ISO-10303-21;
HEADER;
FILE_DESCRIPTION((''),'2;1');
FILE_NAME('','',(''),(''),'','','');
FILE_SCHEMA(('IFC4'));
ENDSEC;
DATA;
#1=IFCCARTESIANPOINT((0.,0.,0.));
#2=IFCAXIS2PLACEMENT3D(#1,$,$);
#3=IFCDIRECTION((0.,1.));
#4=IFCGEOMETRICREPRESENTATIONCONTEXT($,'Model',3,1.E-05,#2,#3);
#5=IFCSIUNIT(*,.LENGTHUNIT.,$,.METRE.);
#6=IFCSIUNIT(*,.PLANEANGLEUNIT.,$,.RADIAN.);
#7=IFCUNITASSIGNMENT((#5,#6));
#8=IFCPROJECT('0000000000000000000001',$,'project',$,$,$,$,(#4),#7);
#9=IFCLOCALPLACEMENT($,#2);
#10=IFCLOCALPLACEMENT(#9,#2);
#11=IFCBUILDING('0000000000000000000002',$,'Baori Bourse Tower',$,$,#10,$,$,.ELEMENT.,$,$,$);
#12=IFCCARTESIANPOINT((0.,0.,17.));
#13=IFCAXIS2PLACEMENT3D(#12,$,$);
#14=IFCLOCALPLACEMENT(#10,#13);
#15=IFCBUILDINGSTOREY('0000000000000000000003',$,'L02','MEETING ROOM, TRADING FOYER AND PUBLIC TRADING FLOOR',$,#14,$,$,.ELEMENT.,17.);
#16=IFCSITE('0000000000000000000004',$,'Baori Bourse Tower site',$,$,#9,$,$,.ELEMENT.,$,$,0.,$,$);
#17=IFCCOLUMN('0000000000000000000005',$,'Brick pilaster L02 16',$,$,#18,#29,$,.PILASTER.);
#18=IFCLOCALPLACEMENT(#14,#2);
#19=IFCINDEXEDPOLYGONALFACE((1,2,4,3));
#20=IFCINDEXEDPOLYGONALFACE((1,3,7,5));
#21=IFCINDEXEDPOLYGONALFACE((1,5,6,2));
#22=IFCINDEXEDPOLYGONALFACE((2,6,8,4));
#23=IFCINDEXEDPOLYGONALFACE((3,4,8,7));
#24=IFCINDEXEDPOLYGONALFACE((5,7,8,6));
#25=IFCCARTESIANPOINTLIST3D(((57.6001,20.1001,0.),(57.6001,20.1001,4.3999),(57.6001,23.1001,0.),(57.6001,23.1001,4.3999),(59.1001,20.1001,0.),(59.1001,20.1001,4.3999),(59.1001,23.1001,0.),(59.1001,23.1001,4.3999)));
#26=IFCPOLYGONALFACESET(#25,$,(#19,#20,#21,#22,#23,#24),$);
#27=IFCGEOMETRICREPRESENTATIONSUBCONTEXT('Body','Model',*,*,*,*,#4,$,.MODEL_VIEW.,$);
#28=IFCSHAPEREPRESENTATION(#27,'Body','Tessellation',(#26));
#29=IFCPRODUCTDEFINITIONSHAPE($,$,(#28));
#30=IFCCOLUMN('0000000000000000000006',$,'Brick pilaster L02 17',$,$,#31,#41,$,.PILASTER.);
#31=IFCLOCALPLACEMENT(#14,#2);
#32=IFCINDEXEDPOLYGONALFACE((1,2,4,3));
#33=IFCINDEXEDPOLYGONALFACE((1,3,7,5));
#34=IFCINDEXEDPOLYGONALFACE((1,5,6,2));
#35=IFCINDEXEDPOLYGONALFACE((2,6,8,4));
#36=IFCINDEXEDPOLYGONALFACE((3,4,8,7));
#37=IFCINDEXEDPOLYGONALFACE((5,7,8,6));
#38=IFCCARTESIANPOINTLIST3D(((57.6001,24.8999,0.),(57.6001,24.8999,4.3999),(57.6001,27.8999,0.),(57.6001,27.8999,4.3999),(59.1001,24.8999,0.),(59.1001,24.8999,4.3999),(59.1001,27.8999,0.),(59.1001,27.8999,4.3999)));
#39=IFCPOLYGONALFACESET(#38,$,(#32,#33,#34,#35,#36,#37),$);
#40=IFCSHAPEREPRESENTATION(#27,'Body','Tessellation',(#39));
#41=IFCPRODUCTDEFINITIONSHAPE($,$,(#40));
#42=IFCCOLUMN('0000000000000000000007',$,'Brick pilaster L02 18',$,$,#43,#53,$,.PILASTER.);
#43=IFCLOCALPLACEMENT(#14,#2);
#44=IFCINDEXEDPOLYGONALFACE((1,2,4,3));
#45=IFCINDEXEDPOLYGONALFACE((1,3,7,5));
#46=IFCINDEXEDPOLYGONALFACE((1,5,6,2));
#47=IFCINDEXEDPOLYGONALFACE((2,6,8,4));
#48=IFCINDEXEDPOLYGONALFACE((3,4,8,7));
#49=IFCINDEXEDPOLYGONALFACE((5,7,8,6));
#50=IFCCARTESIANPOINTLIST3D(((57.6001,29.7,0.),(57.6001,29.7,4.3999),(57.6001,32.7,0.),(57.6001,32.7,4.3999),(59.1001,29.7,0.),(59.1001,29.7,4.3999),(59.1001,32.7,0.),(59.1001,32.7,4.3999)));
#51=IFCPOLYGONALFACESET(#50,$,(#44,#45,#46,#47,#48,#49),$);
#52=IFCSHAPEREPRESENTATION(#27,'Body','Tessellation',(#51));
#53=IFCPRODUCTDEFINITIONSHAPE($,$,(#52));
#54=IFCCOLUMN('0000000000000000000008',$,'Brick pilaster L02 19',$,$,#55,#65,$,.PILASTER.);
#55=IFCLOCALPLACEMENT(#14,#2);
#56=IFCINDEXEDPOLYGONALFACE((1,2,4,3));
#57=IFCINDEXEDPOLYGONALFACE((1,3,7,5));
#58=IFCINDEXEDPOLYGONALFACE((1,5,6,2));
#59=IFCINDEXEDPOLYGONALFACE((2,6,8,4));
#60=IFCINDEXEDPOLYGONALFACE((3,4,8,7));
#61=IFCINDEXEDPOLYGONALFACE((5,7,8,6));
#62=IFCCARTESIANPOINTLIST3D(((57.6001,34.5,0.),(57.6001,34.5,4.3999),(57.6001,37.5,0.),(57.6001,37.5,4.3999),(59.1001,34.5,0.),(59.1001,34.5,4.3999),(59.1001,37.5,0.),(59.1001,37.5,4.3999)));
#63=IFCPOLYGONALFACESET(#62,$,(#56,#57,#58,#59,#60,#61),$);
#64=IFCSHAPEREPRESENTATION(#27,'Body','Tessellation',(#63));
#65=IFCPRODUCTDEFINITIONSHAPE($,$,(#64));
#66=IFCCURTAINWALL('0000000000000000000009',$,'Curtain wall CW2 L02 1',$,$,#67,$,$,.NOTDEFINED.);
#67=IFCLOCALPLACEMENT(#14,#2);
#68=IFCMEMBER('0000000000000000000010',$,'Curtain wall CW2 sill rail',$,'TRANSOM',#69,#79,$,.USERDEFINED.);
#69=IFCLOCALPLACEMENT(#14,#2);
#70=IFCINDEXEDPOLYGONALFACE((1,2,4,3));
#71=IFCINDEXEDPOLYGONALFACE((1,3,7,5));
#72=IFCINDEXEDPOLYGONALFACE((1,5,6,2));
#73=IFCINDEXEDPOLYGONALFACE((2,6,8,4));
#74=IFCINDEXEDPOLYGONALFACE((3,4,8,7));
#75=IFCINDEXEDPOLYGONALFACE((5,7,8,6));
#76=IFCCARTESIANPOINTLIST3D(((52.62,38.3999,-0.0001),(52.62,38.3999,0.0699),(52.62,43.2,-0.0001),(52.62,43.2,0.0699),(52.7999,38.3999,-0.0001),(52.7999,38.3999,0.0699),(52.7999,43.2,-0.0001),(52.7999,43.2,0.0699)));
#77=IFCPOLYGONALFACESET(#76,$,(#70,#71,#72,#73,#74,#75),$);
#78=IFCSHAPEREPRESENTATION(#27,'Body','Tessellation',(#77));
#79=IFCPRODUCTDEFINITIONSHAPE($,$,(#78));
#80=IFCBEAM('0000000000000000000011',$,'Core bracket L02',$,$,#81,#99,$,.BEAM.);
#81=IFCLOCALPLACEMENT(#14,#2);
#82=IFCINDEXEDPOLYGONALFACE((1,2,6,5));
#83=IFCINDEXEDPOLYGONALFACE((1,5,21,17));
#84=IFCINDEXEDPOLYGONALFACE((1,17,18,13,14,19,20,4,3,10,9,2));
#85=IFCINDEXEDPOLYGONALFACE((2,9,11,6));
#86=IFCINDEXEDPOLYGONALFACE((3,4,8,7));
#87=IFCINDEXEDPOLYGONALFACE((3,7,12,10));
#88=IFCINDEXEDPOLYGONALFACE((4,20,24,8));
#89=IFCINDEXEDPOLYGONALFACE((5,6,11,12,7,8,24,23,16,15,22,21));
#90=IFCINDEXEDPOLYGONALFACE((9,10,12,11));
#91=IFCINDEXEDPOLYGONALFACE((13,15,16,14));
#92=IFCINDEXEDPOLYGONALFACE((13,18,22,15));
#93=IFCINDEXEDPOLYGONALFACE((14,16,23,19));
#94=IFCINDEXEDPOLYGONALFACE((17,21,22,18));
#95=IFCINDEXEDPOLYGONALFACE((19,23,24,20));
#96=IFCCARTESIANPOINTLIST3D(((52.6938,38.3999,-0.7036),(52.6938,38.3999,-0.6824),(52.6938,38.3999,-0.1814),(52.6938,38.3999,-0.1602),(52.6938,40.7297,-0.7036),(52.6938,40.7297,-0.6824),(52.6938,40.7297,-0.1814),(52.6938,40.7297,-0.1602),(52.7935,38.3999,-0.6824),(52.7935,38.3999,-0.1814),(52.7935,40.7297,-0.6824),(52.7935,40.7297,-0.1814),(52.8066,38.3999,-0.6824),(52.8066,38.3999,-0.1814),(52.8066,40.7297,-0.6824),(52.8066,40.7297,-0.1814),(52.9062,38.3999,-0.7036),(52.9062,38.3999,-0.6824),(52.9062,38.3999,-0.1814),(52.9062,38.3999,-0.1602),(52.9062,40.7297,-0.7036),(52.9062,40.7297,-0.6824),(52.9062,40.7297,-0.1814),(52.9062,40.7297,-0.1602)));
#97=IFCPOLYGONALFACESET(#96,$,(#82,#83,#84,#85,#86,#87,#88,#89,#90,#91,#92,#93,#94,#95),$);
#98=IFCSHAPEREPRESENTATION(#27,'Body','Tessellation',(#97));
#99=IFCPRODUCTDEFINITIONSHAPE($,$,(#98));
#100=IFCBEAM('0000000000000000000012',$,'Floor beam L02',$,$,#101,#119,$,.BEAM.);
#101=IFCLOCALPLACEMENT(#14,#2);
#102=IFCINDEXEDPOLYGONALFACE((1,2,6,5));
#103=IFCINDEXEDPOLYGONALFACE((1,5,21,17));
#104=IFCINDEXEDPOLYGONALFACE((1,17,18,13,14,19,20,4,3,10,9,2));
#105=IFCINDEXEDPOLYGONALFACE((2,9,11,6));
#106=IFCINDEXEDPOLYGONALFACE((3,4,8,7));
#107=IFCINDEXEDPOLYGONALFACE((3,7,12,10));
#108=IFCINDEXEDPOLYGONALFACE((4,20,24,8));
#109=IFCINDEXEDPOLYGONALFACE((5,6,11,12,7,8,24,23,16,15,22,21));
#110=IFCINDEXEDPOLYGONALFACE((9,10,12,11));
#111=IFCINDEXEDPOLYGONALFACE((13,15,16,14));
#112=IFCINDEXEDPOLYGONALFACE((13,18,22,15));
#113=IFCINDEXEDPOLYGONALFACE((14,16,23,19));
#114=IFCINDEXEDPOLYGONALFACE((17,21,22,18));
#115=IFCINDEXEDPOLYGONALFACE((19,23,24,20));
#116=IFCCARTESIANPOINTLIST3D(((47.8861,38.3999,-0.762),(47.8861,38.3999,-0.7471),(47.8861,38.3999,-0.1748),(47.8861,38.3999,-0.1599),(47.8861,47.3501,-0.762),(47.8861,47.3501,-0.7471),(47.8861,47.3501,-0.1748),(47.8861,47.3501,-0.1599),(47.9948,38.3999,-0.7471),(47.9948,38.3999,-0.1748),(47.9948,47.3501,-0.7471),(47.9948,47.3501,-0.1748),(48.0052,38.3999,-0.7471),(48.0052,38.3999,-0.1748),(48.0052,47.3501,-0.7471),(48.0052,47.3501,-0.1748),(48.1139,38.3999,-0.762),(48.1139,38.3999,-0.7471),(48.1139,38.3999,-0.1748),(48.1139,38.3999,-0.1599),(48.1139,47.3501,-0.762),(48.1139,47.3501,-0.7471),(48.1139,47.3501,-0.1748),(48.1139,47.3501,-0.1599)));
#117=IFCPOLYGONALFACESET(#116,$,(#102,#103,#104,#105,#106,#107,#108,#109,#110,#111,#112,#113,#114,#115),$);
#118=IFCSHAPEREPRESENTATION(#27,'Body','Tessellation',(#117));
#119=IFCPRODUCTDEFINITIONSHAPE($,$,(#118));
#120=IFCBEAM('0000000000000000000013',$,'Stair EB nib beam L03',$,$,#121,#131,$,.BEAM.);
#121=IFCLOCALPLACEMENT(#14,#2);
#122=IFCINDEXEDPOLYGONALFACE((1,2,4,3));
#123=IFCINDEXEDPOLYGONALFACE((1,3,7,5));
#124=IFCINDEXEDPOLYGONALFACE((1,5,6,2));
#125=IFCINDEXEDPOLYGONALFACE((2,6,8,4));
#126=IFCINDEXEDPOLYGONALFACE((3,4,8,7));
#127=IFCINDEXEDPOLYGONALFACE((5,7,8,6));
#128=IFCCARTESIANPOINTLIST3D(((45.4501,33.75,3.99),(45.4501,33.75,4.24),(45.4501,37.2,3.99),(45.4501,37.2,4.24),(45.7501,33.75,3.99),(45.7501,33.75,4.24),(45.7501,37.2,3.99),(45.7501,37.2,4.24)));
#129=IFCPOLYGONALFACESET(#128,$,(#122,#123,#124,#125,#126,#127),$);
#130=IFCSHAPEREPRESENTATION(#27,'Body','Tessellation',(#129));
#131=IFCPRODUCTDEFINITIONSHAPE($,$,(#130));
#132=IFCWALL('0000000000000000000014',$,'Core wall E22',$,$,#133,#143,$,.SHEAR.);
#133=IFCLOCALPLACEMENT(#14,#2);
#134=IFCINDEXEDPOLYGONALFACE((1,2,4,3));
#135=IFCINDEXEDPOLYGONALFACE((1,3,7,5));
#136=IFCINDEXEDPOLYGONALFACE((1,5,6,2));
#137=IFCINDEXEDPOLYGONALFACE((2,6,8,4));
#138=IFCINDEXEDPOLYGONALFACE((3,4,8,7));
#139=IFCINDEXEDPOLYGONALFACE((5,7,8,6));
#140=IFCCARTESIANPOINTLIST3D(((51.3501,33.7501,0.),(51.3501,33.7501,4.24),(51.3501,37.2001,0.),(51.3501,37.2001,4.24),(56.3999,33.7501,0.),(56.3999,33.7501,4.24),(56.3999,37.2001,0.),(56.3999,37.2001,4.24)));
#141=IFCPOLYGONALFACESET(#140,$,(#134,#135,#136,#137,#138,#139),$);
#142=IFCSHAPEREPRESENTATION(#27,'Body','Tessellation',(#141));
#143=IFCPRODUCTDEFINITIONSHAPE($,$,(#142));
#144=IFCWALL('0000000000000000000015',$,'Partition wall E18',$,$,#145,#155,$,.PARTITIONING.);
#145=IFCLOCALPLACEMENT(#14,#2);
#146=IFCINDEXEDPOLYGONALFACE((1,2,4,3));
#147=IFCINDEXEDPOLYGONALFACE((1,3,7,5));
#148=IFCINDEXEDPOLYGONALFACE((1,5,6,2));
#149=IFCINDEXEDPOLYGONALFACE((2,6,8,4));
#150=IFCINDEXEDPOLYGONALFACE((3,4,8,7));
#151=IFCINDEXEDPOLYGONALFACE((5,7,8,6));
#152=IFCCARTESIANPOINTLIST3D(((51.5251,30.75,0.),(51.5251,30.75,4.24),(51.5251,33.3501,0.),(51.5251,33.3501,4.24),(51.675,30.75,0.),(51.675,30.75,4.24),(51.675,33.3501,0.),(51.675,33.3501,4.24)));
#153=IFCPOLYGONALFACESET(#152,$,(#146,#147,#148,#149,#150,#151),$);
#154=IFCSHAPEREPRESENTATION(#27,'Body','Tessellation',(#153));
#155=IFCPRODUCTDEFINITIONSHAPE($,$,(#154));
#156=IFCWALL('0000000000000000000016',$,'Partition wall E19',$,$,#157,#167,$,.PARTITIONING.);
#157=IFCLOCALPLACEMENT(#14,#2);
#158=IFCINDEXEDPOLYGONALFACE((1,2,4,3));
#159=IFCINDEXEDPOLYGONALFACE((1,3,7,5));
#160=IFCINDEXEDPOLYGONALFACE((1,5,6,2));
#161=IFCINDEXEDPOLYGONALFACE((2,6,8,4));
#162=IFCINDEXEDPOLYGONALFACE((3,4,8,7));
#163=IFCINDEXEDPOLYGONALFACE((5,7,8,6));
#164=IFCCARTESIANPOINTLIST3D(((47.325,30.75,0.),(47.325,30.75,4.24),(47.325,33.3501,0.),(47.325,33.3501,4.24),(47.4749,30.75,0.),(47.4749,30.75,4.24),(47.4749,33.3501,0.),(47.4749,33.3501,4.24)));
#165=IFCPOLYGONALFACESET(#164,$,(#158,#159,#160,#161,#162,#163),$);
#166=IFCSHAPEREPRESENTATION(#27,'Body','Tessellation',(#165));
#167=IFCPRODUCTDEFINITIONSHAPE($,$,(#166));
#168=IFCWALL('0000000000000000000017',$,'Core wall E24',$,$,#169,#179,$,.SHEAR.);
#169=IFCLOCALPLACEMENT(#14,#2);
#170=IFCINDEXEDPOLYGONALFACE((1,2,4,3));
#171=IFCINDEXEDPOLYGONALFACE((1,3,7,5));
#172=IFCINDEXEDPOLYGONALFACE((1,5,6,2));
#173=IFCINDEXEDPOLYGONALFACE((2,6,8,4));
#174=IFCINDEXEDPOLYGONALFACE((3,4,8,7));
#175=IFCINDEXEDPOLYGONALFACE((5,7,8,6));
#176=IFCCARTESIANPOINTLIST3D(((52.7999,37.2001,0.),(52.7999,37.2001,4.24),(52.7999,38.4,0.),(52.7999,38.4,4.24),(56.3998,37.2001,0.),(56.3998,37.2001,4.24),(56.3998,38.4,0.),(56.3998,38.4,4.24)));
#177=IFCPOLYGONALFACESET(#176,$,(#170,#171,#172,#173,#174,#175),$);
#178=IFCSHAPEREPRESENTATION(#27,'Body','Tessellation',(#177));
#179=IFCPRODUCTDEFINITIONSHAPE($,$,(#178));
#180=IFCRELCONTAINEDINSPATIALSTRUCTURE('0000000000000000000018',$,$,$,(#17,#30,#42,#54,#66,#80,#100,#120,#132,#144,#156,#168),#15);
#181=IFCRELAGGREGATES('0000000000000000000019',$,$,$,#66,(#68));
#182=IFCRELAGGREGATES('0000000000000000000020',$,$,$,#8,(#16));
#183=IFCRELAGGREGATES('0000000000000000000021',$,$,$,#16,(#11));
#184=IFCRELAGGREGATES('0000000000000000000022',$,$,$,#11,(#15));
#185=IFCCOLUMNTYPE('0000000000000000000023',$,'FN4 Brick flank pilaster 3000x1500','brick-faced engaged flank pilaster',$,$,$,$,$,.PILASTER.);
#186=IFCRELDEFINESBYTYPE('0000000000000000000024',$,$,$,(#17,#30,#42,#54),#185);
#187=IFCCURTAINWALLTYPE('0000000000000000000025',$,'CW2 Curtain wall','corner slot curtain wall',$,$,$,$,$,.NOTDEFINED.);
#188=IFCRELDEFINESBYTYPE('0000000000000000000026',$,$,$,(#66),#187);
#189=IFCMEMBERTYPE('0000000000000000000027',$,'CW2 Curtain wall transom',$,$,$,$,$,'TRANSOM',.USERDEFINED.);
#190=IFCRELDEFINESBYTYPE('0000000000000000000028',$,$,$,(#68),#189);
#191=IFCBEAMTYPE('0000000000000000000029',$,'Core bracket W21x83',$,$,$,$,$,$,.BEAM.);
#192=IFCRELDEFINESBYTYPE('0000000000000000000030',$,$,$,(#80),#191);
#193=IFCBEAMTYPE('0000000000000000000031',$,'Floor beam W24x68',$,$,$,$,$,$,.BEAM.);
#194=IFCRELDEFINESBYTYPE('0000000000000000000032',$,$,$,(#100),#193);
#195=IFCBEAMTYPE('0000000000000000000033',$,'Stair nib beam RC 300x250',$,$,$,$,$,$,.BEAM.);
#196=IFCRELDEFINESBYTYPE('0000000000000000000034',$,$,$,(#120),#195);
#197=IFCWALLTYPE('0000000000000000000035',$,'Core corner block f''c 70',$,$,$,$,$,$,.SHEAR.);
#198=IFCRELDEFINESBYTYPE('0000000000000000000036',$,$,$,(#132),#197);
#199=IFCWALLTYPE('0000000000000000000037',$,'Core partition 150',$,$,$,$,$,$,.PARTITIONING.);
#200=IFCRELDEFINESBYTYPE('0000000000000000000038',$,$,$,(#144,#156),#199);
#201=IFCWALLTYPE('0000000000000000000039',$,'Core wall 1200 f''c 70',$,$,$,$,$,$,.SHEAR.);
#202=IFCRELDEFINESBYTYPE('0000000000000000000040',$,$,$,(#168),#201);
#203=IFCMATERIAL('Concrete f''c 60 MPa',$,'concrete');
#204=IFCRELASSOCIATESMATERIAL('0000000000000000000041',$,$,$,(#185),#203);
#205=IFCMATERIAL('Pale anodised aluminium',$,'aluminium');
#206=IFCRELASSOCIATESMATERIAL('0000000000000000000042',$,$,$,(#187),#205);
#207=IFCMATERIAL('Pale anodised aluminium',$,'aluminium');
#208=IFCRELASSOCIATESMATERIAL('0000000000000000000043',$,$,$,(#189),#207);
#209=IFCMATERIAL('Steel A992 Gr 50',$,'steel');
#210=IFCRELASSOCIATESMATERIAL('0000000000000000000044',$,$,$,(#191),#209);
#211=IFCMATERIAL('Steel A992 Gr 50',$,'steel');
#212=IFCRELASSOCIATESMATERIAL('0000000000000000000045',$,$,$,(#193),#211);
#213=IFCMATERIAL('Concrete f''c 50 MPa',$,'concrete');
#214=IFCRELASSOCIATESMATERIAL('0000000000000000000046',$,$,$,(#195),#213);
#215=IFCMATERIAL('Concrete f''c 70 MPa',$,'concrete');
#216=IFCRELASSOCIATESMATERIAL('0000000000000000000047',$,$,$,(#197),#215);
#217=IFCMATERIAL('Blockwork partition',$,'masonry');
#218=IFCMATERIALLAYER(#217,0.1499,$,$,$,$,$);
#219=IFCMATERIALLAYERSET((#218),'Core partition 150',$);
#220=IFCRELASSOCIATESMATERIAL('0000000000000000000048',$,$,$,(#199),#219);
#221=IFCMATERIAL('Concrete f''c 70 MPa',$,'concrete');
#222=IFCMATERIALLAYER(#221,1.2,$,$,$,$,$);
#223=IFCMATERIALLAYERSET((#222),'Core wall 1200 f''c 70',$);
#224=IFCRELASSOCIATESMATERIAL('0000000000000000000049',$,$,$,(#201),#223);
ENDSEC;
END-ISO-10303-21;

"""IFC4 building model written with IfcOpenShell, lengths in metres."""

from ifc_helpers import new_model, si_unit, direction, frame, frame_2d, origin, origin_2d, place, context, subcontext, project, spatial, rectangle, i_section, extrude, material, layer, layer_set, material_profile, profile_set, type_object, element, aggregate, save


model = new_model("IFC4")

# Units and contexts
model_context = context("Model", 3, precision=1e-05, world=origin(), true_north=direction((0.0, 1.0)))
body_context = subcontext(model_context, "Body", "Model", "MODEL_VIEW")
ifc_project = project(units=[si_unit("LENGTHUNIT", "METRE"), si_unit("PLANEANGLEUNIT", "RADIAN")], contexts=[model_context])

# Site, building, storey
site_placement = place(None, origin())
site = spatial("IfcSite", under=ifc_project, at=site_placement, Name="Baori Bourse Tower site", CompositionType="ELEMENT", RefElevation=0.0)
building_placement = place(site_placement, origin())
building = spatial("IfcBuilding", under=site, at=building_placement, Name="Baori Bourse Tower", CompositionType="ELEMENT")
storey_placement = place(building_placement, frame((0.0, 0.0, 17.0)))
storey = spatial("IfcBuildingStorey", under=building, at=storey_placement, Name="L02", Description="MEETING ROOM, TRADING FOYER AND PUBLIC TRADING FLOOR", CompositionType="ELEMENT", Elevation=17.0)

# Columns
ifc_material_1 = material(Name="Concrete f'c 60 MPa", Category="concrete")
ifc_material_profile_1 = material_profile(ifc_material_1, rectangle(XDim=3.0, YDim=1.5, at=origin_2d()), Name="RC 3000x1500")
ifc_profile_set_1 = profile_set([ifc_material_profile_1], Name="Concrete f'c 60 MPa")
column_type = type_object("IfcColumnType", Name="FN4 Brick flank pilaster 3000x1500", Description="brick-faced engaged flank pilaster", PredefinedType="PILASTER", material=ifc_profile_set_1)
for number, where, z_axis, x_axis, name in (
    (1, (58.3501, 21.6001, 0.0), (0.0, 0.0, 1.0), (0.0, 1.0, 0.0), "Brick pilaster L02 16"),
    (2, (58.3501, 26.3999, 0.0), (0.0, 0.0, 1.0), (0.0, 1.0, 0.0), "Brick pilaster L02 17"),
    (3, (58.3501, 31.2, 0.0), (0.0, 0.0, 1.0), (0.0, 1.0, 0.0), "Brick pilaster L02 18"),
    (4, (58.3501, 36.0, 0.0), (0.0, 0.0, 1.0), (0.0, 1.0, 0.0), "Brick pilaster L02 19"),
):
    element("IfcColumn", number, at=place(storey_placement, frame(where, z_axis=z_axis, x_axis=x_axis)), inside=storey, type_object=column_type, Name=name, PredefinedType="PILASTER", context=body_context, shape_type="SweptSolid", body=[
        extrude(rectangle(XDim=3.0, YDim=1.5, at=origin_2d()), origin(), (0.0, 0.0, 1.0), 4.3999),
    ])

# Curtain wall, member
ifc_material_2 = material(Name="Pale anodised aluminium", Category="aluminium")
curtain_wall_type = type_object("IfcCurtainWallType", Name="CW2 Curtain wall", Description="corner slot curtain wall", PredefinedType="NOTDEFINED", material=ifc_material_2)
curtain_wall_placement = place(storey_placement, origin())
curtain_wall = element("IfcCurtainWall", 5, at=curtain_wall_placement, inside=storey, type_object=curtain_wall_type, Name="Curtain wall CW2 L02 1", PredefinedType="NOTDEFINED")
ifc_material_3 = material(Name="Pale anodised aluminium", Category="aluminium")
ifc_material_profile_2 = material_profile(ifc_material_3, rectangle(XDim=0.1799, YDim=0.0701, at=origin_2d()), Name="Transom 70x180")
ifc_profile_set_2 = profile_set([ifc_material_profile_2], Name="Pale anodised aluminium")
member_type = type_object("IfcMemberType", Name="CW2 Curtain wall transom", ElementType="TRANSOM", PredefinedType="USERDEFINED", material=ifc_profile_set_2)
member_placement = place(storey_placement, frame((52.71, 38.3999, 0.0349), z_axis=(0.0, 1.0, 0.0), x_axis=(-1.0, 0.0, 0.0)))
member = element("IfcMember", 6, at=member_placement, type_object=member_type, Name="Curtain wall CW2 sill rail", ObjectType="TRANSOM", PredefinedType="USERDEFINED", context=body_context, shape_type="SweptSolid", body=[
    extrude(rectangle(XDim=0.1799, YDim=0.0701, at=origin_2d()), origin(), (0.0, 0.0, 1.0), 4.8),
])
aggregate(curtain_wall, [member])

# Beams
ifc_material_4 = material(Name="Steel A992 Gr 50", Category="steel")
ifc_material_profile_3 = material_profile(ifc_material_4, i_section(OverallWidth=0.2124, OverallDepth=0.5435, WebThickness=0.0132, FlangeThickness=0.0212, at=origin_2d()), Name="W21x83")
ifc_profile_set_3 = profile_set([ifc_material_profile_3], Name="Steel A992 Gr 50")
beam_type_1 = type_object("IfcBeamType", Name="Core bracket W21x83", PredefinedType="BEAM", material=ifc_profile_set_3)
beam_1_placement = place(storey_placement, frame((52.8, 38.3999, -0.4319), z_axis=(0.0, 1.0, 0.0), x_axis=(-1.0, 0.0, 0.0)))
element("IfcBeam", 7, at=beam_1_placement, inside=storey, type_object=beam_type_1, Name="Core bracket L02", PredefinedType="BEAM", context=body_context, shape_type="SweptSolid", body=[
    extrude(i_section(OverallWidth=0.2124, OverallDepth=0.5435, WebThickness=0.0132, FlangeThickness=0.0212, at=origin_2d()), origin(), (0.0, 0.0, 1.0), 2.3298),
])
ifc_material_5 = material(Name="Steel A992 Gr 50", Category="steel")
ifc_material_profile_4 = material_profile(ifc_material_5, i_section(OverallWidth=0.2278, OverallDepth=0.6021, WebThickness=0.0105, FlangeThickness=0.0149, at=origin_2d()), Name="W24x68")
ifc_profile_set_4 = profile_set([ifc_material_profile_4], Name="Steel A992 Gr 50")
beam_type_2 = type_object("IfcBeamType", Name="Floor beam W24x68", PredefinedType="BEAM", material=ifc_profile_set_4)
beam_2_placement = place(storey_placement, frame((48.0, 38.3999, -0.4609), z_axis=(0.0, 1.0, 0.0), x_axis=(-1.0, 0.0, 0.0)))
element("IfcBeam", 8, at=beam_2_placement, inside=storey, type_object=beam_type_2, Name="Floor beam L02", PredefinedType="BEAM", context=body_context, shape_type="SweptSolid", body=[
    extrude(i_section(OverallWidth=0.2278, OverallDepth=0.6021, WebThickness=0.0105, FlangeThickness=0.0149, at=origin_2d()), origin(), (0.0, 0.0, 1.0), 8.9502),
])
ifc_material_6 = material(Name="Concrete f'c 50 MPa", Category="concrete")
ifc_material_profile_5 = material_profile(ifc_material_6, rectangle(XDim=0.3, YDim=0.25, at=origin_2d()), Name="RC 300x250")
ifc_profile_set_5 = profile_set([ifc_material_profile_5], Name="Concrete f'c 50 MPa")
beam_type_3 = type_object("IfcBeamType", Name="Stair nib beam RC 300x250", PredefinedType="BEAM", material=ifc_profile_set_5)
beam_3_placement = place(storey_placement, frame((45.6001, 33.75, 4.115), z_axis=(0.0, 1.0, 0.0), x_axis=(-1.0, 0.0, 0.0)))
element("IfcBeam", 9, at=beam_3_placement, inside=storey, type_object=beam_type_3, Name="Stair EB nib beam L03", PredefinedType="BEAM", context=body_context, shape_type="SweptSolid", body=[
    extrude(rectangle(XDim=0.3, YDim=0.25, at=origin_2d()), origin(), (0.0, 0.0, 1.0), 3.45),
])

# Walls
ifc_material_7 = material(Name="Concrete f'c 70 MPa", Category="concrete")
wall_type_1 = type_object("IfcWallType", Name="Core corner block f'c 70", PredefinedType="SHEAR", material=ifc_material_7)
wall_1_placement = place(storey_placement, frame((51.3501, 35.4751, 0.0), z_axis=(0.0, 0.0, 1.0), x_axis=(1.0, 0.0, 0.0)))
element("IfcWall", 10, at=wall_1_placement, inside=storey, type_object=wall_type_1, Name="Core wall E22", PredefinedType="SHEAR", context=body_context, shape_type="SweptSolid", body=[
    extrude(rectangle(XDim=5.0498, YDim=3.45, at=frame_2d((2.5249, 0.0))), origin(), (0.0, 0.0, 1.0), 4.24),
])
ifc_material_8 = material(Name="Blockwork partition", Category="masonry")
ifc_layer_1 = layer(ifc_material_8, 0.1499)
ifc_layer_set_1 = layer_set([ifc_layer_1], Name="Core partition 150")
wall_type_2 = type_object("IfcWallType", Name="Core partition 150", PredefinedType="PARTITIONING", material=ifc_layer_set_1)
for number, where, z_axis, x_axis, name in (
    (11, (51.6001, 30.75, 0.0), (0.0, 0.0, 1.0), (0.0, 1.0, 0.0), "Partition wall E18"),
    (12, (47.3999, 30.75, 0.0), (0.0, 0.0, 1.0), (0.0, 1.0, 0.0), "Partition wall E19"),
):
    element("IfcWall", number, at=place(storey_placement, frame(where, z_axis=z_axis, x_axis=x_axis)), inside=storey, type_object=wall_type_2, Name=name, PredefinedType="PARTITIONING", context=body_context, shape_type="SweptSolid", body=[
        extrude(rectangle(XDim=2.6001, YDim=0.1499, at=frame_2d((1.3, 0.0))), origin(), (0.0, 0.0, 1.0), 4.24),
    ])
ifc_material_9 = material(Name="Concrete f'c 70 MPa", Category="concrete")
ifc_layer_2 = layer(ifc_material_9, 1.2)
ifc_layer_set_2 = layer_set([ifc_layer_2], Name="Core wall 1200 f'c 70")
wall_type_3 = type_object("IfcWallType", Name="Core wall 1200 f'c 70", PredefinedType="SHEAR", material=ifc_layer_set_2)
wall_2_placement = place(storey_placement, frame((52.8, 37.8, 0.0), z_axis=(0.0, 0.0, 1.0), x_axis=(1.0, 0.0, 0.0)))
element("IfcWall", 13, at=wall_2_placement, inside=storey, type_object=wall_type_3, Name="Core wall E24", PredefinedType="SHEAR", context=body_context, shape_type="SweptSolid", body=[
    extrude(rectangle(XDim=3.5999, YDim=1.2, at=frame_2d((1.7998, 0.0))), origin(), (0.0, 0.0, 1.0), 4.24),
])

save(model, "model.ifc")
